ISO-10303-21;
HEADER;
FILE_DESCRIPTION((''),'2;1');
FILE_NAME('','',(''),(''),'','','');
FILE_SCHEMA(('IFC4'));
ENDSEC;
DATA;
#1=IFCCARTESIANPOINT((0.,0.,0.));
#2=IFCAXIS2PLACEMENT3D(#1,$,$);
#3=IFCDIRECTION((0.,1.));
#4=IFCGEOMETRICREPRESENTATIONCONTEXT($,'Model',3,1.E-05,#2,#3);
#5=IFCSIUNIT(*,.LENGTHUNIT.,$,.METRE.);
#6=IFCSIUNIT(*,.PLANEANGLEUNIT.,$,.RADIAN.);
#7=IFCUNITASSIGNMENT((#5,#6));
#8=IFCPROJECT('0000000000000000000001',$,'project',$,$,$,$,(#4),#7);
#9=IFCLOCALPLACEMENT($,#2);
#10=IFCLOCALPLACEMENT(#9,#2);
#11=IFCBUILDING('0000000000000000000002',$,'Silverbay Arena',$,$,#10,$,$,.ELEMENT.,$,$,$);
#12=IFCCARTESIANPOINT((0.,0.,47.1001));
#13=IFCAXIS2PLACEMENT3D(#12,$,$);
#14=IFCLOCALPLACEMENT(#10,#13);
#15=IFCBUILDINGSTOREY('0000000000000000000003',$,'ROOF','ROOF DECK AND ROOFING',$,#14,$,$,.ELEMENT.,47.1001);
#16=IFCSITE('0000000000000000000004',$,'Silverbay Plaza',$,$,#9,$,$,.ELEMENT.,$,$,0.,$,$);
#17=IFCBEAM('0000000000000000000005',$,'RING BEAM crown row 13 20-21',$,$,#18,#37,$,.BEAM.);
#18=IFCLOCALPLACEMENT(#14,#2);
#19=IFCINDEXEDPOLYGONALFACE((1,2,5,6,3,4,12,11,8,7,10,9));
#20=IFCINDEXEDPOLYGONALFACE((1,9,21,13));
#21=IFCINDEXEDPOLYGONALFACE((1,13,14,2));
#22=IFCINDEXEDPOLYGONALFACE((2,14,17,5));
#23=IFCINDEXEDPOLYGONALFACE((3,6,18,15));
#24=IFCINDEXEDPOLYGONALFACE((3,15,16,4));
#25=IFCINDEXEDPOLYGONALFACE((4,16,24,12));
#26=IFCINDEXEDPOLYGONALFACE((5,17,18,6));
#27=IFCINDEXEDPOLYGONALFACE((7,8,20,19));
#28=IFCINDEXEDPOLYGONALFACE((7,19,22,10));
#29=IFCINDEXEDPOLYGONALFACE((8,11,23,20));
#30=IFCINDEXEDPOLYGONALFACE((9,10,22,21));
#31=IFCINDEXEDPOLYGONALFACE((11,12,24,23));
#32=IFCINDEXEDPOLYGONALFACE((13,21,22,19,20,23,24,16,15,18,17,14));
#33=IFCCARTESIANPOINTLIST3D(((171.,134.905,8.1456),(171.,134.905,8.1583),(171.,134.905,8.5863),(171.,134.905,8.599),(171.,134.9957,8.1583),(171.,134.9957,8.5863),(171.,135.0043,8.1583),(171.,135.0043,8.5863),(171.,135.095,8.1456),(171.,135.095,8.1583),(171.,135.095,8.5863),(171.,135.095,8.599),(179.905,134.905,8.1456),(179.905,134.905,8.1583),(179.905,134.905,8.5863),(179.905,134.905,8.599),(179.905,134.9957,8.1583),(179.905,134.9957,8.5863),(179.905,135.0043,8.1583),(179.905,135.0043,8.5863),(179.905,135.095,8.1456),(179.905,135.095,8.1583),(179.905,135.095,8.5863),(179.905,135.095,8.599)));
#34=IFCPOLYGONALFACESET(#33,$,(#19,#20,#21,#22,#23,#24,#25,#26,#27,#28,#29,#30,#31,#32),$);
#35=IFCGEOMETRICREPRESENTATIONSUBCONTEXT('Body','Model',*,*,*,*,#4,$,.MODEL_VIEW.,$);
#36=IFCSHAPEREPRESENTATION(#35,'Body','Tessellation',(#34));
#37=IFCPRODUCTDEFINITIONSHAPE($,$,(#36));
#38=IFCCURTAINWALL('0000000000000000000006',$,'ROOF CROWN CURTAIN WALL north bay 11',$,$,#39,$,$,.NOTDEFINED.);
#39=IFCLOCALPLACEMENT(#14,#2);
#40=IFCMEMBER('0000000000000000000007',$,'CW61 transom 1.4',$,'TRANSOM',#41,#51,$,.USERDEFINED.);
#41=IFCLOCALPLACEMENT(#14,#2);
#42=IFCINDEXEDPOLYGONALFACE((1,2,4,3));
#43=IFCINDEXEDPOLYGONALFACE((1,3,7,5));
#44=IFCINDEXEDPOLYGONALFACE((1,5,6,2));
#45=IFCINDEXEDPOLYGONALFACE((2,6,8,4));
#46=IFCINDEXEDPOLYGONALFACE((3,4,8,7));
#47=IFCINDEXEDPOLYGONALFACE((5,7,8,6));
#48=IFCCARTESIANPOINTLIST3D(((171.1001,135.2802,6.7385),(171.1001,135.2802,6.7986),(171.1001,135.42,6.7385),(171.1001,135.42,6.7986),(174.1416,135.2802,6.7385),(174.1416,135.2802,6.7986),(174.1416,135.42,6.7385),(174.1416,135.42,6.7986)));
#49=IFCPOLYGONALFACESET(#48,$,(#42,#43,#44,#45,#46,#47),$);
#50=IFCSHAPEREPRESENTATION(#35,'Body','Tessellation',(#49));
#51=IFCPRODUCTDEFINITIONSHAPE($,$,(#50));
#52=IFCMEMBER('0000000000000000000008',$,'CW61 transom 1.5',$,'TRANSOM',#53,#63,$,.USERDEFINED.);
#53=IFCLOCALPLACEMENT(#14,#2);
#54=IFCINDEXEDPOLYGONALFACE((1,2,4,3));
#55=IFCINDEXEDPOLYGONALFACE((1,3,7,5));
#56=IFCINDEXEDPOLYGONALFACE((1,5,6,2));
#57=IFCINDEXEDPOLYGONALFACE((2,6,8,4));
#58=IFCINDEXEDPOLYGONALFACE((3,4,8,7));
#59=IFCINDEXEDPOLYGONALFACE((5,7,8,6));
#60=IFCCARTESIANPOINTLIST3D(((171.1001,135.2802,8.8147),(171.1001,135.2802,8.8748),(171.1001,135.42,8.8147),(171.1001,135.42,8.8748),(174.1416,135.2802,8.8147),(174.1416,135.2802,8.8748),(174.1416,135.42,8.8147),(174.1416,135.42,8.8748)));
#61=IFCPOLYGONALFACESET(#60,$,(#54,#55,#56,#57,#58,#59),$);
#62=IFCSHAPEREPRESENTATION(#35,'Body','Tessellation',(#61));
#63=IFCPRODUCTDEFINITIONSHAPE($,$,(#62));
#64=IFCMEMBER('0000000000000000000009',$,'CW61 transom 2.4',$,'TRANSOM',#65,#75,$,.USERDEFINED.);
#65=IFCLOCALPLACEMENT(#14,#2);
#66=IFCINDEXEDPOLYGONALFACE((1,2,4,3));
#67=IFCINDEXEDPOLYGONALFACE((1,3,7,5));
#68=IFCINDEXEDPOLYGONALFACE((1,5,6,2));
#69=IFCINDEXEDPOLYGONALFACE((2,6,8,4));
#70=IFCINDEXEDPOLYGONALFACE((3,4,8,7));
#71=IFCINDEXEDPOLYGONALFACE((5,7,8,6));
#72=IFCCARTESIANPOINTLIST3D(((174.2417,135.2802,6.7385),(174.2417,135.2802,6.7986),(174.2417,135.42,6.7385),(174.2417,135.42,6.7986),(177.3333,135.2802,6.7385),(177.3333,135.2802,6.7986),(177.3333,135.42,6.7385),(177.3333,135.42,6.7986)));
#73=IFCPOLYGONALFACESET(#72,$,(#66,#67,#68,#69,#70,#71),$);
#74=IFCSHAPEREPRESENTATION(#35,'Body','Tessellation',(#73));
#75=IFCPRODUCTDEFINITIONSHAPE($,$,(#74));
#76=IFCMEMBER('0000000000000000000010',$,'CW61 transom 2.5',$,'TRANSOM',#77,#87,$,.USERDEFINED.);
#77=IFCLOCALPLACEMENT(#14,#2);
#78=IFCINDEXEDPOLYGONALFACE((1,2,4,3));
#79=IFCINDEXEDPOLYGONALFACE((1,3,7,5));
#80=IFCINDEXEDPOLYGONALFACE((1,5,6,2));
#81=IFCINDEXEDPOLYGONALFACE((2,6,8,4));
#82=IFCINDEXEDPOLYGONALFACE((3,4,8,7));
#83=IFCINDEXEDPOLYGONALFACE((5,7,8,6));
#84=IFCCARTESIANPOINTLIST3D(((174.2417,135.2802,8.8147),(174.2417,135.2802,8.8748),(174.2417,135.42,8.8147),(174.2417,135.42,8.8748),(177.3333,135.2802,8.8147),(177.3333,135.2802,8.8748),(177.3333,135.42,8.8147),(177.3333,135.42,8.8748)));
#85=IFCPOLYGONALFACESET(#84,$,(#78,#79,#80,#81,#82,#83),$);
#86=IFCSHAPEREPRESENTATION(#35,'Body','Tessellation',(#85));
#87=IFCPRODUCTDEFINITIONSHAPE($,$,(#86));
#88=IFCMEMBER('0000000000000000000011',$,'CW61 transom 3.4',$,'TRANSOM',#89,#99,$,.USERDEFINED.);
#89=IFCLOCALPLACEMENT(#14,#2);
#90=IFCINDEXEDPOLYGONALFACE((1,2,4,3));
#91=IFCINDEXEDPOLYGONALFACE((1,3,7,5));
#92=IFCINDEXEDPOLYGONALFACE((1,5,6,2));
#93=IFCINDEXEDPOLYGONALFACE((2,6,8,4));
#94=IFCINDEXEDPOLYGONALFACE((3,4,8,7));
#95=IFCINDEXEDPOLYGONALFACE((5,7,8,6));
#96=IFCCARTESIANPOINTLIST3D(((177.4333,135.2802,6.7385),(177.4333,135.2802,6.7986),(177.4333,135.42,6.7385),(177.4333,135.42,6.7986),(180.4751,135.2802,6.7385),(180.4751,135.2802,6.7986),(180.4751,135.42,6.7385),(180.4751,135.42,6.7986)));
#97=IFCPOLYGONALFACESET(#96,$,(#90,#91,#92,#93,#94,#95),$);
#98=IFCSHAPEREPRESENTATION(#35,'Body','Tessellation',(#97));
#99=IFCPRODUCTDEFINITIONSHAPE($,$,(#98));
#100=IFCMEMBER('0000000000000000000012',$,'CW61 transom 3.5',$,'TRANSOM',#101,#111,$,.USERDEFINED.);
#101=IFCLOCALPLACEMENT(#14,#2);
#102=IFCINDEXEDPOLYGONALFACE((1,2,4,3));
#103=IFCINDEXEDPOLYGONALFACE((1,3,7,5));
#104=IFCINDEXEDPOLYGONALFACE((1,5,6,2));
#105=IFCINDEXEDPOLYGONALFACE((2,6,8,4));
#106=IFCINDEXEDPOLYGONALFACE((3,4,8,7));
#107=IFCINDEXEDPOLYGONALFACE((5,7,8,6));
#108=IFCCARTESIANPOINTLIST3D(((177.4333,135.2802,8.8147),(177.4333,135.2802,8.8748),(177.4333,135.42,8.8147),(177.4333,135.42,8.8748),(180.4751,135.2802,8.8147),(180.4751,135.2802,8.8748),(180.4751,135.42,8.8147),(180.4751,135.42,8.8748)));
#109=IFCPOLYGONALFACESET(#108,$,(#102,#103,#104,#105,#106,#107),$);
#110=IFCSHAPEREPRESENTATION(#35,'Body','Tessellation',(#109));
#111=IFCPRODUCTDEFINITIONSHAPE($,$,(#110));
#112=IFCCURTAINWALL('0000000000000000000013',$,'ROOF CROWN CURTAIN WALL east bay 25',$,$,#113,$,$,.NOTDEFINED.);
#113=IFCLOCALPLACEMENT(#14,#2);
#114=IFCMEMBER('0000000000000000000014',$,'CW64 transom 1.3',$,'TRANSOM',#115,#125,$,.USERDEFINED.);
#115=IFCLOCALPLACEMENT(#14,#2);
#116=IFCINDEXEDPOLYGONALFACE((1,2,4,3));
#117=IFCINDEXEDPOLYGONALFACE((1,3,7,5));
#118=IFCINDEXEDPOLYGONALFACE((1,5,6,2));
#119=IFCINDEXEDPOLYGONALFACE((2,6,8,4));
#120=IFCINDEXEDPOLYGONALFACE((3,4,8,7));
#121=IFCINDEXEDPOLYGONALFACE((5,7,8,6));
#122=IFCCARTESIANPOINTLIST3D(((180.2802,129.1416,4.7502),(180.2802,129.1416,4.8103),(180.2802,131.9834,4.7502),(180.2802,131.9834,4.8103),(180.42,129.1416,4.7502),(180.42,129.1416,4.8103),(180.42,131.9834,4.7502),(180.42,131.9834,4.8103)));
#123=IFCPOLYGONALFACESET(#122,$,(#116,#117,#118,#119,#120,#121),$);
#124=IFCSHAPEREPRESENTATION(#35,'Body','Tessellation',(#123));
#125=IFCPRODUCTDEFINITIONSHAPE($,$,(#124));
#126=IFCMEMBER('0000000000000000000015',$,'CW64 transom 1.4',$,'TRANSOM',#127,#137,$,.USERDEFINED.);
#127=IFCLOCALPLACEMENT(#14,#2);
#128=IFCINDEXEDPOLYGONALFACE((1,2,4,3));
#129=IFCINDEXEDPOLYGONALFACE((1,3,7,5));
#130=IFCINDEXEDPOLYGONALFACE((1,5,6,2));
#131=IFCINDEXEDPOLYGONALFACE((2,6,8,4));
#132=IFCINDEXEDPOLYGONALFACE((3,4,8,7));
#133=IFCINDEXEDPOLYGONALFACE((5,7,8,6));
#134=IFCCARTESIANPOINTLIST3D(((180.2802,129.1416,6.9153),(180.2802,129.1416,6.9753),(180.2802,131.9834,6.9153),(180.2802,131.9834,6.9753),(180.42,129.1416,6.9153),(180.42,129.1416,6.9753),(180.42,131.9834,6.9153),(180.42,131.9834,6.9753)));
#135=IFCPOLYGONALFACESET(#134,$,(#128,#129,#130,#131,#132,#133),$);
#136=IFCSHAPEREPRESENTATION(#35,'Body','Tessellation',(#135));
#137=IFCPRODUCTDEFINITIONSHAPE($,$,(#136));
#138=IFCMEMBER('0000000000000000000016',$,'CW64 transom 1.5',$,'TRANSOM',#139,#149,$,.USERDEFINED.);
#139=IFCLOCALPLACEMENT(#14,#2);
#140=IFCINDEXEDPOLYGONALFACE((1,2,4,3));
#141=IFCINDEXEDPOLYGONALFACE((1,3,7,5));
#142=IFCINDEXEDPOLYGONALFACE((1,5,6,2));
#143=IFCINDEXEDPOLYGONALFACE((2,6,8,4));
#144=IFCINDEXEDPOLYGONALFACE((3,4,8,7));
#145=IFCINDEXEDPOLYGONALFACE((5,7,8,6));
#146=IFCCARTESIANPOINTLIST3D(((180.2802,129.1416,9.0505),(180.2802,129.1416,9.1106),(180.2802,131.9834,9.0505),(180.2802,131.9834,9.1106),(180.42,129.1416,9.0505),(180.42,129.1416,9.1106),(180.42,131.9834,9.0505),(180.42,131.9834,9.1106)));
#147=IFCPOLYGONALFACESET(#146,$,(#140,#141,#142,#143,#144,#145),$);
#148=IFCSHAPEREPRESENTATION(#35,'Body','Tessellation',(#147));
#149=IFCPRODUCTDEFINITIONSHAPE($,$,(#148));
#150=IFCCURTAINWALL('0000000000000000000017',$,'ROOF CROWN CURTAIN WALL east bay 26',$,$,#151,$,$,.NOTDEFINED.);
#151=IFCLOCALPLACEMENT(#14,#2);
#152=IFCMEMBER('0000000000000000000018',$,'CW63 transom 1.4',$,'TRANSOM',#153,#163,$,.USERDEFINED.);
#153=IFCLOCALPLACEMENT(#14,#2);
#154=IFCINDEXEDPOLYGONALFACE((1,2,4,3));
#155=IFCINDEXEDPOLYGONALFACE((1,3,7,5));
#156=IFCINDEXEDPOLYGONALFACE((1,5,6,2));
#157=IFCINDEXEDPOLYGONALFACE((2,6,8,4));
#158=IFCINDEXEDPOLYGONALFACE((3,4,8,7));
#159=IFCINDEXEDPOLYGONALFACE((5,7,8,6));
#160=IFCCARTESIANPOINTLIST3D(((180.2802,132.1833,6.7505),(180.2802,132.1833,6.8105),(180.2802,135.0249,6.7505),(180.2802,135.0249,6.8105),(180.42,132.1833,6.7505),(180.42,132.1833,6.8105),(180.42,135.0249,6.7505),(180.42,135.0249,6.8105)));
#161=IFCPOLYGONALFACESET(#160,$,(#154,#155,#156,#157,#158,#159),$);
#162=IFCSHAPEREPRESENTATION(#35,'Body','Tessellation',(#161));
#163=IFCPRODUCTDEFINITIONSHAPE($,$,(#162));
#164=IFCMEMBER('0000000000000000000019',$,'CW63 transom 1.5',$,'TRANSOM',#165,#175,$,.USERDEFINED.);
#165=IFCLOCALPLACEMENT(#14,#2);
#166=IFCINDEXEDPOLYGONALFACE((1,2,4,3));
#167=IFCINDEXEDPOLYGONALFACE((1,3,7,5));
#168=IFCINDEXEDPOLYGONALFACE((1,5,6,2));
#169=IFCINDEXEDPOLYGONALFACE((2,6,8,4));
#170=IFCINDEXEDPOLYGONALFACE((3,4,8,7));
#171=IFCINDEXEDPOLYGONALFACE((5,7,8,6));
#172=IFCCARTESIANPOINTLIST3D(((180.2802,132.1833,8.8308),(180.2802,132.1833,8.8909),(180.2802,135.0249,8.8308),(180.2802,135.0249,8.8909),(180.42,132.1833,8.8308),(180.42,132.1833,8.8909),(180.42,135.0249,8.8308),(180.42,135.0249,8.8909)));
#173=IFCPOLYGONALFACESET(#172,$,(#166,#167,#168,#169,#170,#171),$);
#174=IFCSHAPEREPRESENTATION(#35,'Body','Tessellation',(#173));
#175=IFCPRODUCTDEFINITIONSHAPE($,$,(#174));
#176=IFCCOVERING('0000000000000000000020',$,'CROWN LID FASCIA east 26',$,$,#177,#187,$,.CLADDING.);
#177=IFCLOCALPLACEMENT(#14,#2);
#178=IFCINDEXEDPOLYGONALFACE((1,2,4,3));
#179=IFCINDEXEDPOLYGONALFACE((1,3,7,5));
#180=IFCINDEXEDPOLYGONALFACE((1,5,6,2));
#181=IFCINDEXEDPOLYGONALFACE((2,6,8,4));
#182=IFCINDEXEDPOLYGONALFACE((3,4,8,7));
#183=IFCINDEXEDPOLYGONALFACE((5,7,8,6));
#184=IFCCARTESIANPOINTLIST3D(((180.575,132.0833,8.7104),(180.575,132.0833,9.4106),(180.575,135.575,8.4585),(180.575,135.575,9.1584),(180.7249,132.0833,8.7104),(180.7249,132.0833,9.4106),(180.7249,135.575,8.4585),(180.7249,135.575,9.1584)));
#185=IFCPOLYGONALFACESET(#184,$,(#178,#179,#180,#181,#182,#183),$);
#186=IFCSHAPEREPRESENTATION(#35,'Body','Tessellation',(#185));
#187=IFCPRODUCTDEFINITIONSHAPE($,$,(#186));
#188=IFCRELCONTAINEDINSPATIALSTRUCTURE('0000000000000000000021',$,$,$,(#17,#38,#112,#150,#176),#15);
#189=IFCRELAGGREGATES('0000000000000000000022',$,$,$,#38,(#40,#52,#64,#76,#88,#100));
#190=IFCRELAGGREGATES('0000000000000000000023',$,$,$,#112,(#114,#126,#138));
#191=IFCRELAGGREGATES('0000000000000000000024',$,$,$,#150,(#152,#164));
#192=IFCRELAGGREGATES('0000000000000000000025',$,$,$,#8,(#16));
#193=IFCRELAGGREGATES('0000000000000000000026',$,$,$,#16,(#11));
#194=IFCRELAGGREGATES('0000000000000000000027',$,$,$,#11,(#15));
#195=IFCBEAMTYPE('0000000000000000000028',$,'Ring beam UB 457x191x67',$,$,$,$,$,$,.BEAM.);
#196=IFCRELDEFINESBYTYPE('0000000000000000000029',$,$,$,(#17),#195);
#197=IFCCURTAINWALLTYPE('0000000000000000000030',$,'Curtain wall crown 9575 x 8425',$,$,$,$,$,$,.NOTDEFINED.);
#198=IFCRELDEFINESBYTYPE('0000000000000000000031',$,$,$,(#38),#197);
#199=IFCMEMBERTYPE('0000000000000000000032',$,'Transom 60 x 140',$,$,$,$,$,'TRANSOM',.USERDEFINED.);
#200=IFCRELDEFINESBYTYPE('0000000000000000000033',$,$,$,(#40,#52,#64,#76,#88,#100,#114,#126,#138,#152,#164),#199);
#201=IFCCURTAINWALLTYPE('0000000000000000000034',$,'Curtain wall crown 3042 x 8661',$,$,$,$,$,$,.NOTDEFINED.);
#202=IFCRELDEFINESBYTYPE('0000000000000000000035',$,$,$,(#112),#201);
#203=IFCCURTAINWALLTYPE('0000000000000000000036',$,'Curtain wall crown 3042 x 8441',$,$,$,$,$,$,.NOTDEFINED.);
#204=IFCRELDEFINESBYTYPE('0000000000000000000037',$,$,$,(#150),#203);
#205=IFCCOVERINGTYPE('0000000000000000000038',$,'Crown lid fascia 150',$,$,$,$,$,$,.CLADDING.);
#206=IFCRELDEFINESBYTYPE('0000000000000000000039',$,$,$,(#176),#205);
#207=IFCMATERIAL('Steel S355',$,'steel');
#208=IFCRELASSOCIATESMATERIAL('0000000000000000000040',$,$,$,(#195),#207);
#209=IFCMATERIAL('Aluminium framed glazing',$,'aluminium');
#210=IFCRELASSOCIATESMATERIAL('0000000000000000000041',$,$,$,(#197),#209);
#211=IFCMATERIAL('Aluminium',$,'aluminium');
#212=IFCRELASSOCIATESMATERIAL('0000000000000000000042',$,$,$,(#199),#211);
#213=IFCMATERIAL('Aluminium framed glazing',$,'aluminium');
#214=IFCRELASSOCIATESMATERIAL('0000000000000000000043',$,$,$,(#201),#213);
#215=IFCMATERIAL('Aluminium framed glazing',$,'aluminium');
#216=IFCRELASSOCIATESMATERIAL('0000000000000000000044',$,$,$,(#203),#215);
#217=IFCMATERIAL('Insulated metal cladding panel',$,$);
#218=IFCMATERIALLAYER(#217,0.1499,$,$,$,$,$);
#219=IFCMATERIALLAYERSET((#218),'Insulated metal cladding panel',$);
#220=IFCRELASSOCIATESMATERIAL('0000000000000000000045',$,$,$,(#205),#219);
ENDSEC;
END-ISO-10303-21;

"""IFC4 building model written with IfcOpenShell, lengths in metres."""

from ifc_helpers import new_model, si_unit, direction, frame, origin, origin_2d, place, context, subcontext, project, spatial, polyline, rectangle, i_section, outline, extrude, material, layer, layer_set, material_profile, profile_set, type_object, element, aggregate, save


model = new_model("IFC4")

# Units and contexts
model_context = context("Model", 3, precision=1e-05, world=origin(), true_north=direction((0.0, 1.0)))
body_context = subcontext(model_context, "Body", "Model", "MODEL_VIEW")
ifc_project = project(units=[si_unit("LENGTHUNIT", "METRE"), si_unit("PLANEANGLEUNIT", "RADIAN")], contexts=[model_context])

# Site, building, storey
site_placement = place(None, origin())
site = spatial("IfcSite", under=ifc_project, at=site_placement, Name="Silverbay Plaza", CompositionType="ELEMENT", RefElevation=0.0)
building_placement = place(site_placement, origin())
building = spatial("IfcBuilding", under=site, at=building_placement, Name="Silverbay Arena", CompositionType="ELEMENT")
storey_placement = place(building_placement, frame((0.0, 0.0, 47.1001)))
storey = spatial("IfcBuildingStorey", under=building, at=storey_placement, Name="ROOF", Description="ROOF DECK AND ROOFING", CompositionType="ELEMENT", Elevation=47.1001)

# Beam
ifc_material_1 = material(Name="Steel S355", Category="steel")
ifc_material_profile_1 = material_profile(ifc_material_1, i_section(OverallWidth=0.1899, OverallDepth=0.4534, WebThickness=0.0085, FlangeThickness=0.0127, at=origin_2d()), Name="UB 457x191x67")
ifc_profile_set_1 = profile_set([ifc_material_profile_1], Name="Steel S355")
beam_type = type_object("IfcBeamType", Name="Ring beam UB 457x191x67", PredefinedType="BEAM", material=ifc_profile_set_1)
beam_placement = place(storey_placement, frame((171.0, 135.0, 8.3723), z_axis=(1.0, 0.0, 0.0), x_axis=(0.0, 1.0, 0.0)))
element("IfcBeam", 1, at=beam_placement, inside=storey, type_object=beam_type, Name="RING BEAM crown row 13 20-21", PredefinedType="BEAM", context=body_context, shape_type="SweptSolid", body=[
    extrude(i_section(OverallWidth=0.1899, OverallDepth=0.4534, WebThickness=0.0085, FlangeThickness=0.0127, at=origin_2d()), origin(), (0.0, 0.0, 1.0), 8.905),
])

# Curtain walls, members
ifc_material_2 = material(Name="Aluminium framed glazing", Category="aluminium")
curtain_wall_type_1 = type_object("IfcCurtainWallType", Name="Curtain wall crown 9575 x 8425", PredefinedType="NOTDEFINED", material=ifc_material_2)
curtain_wall_1_placement = place(storey_placement, origin())
curtain_wall_1 = element("IfcCurtainWall", 2, at=curtain_wall_1_placement, inside=storey, type_object=curtain_wall_type_1, Name="ROOF CROWN CURTAIN WALL north bay 11", PredefinedType="NOTDEFINED")
ifc_material_3 = material(Name="Aluminium", Category="aluminium")
ifc_material_profile_2 = material_profile(ifc_material_3, rectangle(XDim=0.1399, YDim=0.0601, at=origin_2d()), Name="Transom 60 x 140")
ifc_profile_set_2 = profile_set([ifc_material_profile_2], Name="Aluminium")
member_type = type_object("IfcMemberType", Name="Transom 60 x 140", ElementType="TRANSOM", PredefinedType="USERDEFINED", material=ifc_profile_set_2)
placement = place(building_placement, frame((0.0, 0.0, 33.5)))
member_1_placement = place(placement, frame((171.1001, 135.3501, 20.3687), z_axis=(1.0, 0.0, 0.0), x_axis=(0.0, 1.0, 0.0)))
member_1 = element("IfcMember", 3, at=member_1_placement, type_object=member_type, Name="CW61 transom 1.4", ObjectType="TRANSOM", PredefinedType="USERDEFINED", context=body_context, shape_type="SweptSolid", body=[
    extrude(rectangle(XDim=0.1399, YDim=0.0601, at=origin_2d()), origin(), (0.0, 0.0, 1.0), 3.0415),
])
member_2_placement = place(placement, frame((171.1001, 135.3501, 22.4448), z_axis=(1.0, 0.0, 0.0), x_axis=(0.0, 1.0, 0.0)))
member_2 = element("IfcMember", 4, at=member_2_placement, type_object=member_type, Name="CW61 transom 1.5", ObjectType="TRANSOM", PredefinedType="USERDEFINED", context=body_context, shape_type="SweptSolid", body=[
    extrude(rectangle(XDim=0.1399, YDim=0.0601, at=origin_2d()), origin(), (0.0, 0.0, 1.0), 3.0415),
])
member_3_placement = place(placement, frame((174.2417, 135.3501, 20.3687), z_axis=(1.0, 0.0, 0.0), x_axis=(0.0, 1.0, 0.0)))
member_3 = element("IfcMember", 5, at=member_3_placement, type_object=member_type, Name="CW61 transom 2.4", ObjectType="TRANSOM", PredefinedType="USERDEFINED", context=body_context, shape_type="SweptSolid", body=[
    extrude(rectangle(XDim=0.1399, YDim=0.0601, at=origin_2d()), origin(), (0.0, 0.0, 1.0), 3.0916),
])
member_4_placement = place(placement, frame((174.2417, 135.3501, 22.4448), z_axis=(1.0, 0.0, 0.0), x_axis=(0.0, 1.0, 0.0)))
member_4 = element("IfcMember", 6, at=member_4_placement, type_object=member_type, Name="CW61 transom 2.5", ObjectType="TRANSOM", PredefinedType="USERDEFINED", context=body_context, shape_type="SweptSolid", body=[
    extrude(rectangle(XDim=0.1399, YDim=0.0601, at=origin_2d()), origin(), (0.0, 0.0, 1.0), 3.0916),
])
member_5_placement = place(placement, frame((177.4333, 135.3501, 20.3687), z_axis=(1.0, 0.0, 0.0), x_axis=(0.0, 1.0, 0.0)))
member_5 = element("IfcMember", 7, at=member_5_placement, type_object=member_type, Name="CW61 transom 3.4", ObjectType="TRANSOM", PredefinedType="USERDEFINED", context=body_context, shape_type="SweptSolid", body=[
    extrude(rectangle(XDim=0.1399, YDim=0.0601, at=origin_2d()), origin(), (0.0, 0.0, 1.0), 3.0417),
])
member_6_placement = place(placement, frame((177.4333, 135.3501, 22.4448), z_axis=(1.0, 0.0, 0.0), x_axis=(0.0, 1.0, 0.0)))
member_6 = element("IfcMember", 8, at=member_6_placement, type_object=member_type, Name="CW61 transom 3.5", ObjectType="TRANSOM", PredefinedType="USERDEFINED", context=body_context, shape_type="SweptSolid", body=[
    extrude(rectangle(XDim=0.1399, YDim=0.0601, at=origin_2d()), origin(), (0.0, 0.0, 1.0), 3.0417),
])
ifc_material_4 = material(Name="Aluminium framed glazing", Category="aluminium")
curtain_wall_type_2 = type_object("IfcCurtainWallType", Name="Curtain wall crown 3042 x 8661", PredefinedType="NOTDEFINED", material=ifc_material_4)
curtain_wall_2_placement = place(storey_placement, origin())
curtain_wall_2 = element("IfcCurtainWall", 9, at=curtain_wall_2_placement, inside=storey, type_object=curtain_wall_type_2, Name="ROOF CROWN CURTAIN WALL east bay 25", PredefinedType="NOTDEFINED")
member_7_placement = place(placement, frame((180.3501, 129.1416, 18.3804), z_axis=(0.0, 1.0, 0.0), x_axis=(-1.0, 0.0, 0.0)))
member_7 = element("IfcMember", 10, at=member_7_placement, type_object=member_type, Name="CW64 transom 1.3", ObjectType="TRANSOM", PredefinedType="USERDEFINED", context=body_context, shape_type="SweptSolid", body=[
    extrude(rectangle(XDim=0.1399, YDim=0.0601, at=origin_2d()), origin(), (0.0, 0.0, 1.0), 2.8418),
])
member_8_placement = place(placement, frame((180.3501, 129.1416, 20.5454), z_axis=(0.0, 1.0, 0.0), x_axis=(-1.0, 0.0, 0.0)))
member_8 = element("IfcMember", 11, at=member_8_placement, type_object=member_type, Name="CW64 transom 1.4", ObjectType="TRANSOM", PredefinedType="USERDEFINED", context=body_context, shape_type="SweptSolid", body=[
    extrude(rectangle(XDim=0.1399, YDim=0.0601, at=origin_2d()), origin(), (0.0, 0.0, 1.0), 2.8418),
])
member_9_placement = place(placement, frame((180.3501, 129.1416, 22.6807), z_axis=(0.0, 1.0, 0.0), x_axis=(-1.0, 0.0, 0.0)))
member_9 = element("IfcMember", 12, at=member_9_placement, type_object=member_type, Name="CW64 transom 1.5", ObjectType="TRANSOM", PredefinedType="USERDEFINED", context=body_context, shape_type="SweptSolid", body=[
    extrude(rectangle(XDim=0.1399, YDim=0.0601, at=origin_2d()), origin(), (0.0, 0.0, 1.0), 2.8418),
])
ifc_material_5 = material(Name="Aluminium framed glazing", Category="aluminium")
curtain_wall_type_3 = type_object("IfcCurtainWallType", Name="Curtain wall crown 3042 x 8441", PredefinedType="NOTDEFINED", material=ifc_material_5)
curtain_wall_3_placement = place(storey_placement, origin())
curtain_wall_3 = element("IfcCurtainWall", 13, at=curtain_wall_3_placement, inside=storey, type_object=curtain_wall_type_3, Name="ROOF CROWN CURTAIN WALL east bay 26", PredefinedType="NOTDEFINED")
member_10_placement = place(placement, frame((180.3501, 132.1833, 20.3806), z_axis=(0.0, 1.0, 0.0), x_axis=(-1.0, 0.0, 0.0)))
member_10 = element("IfcMember", 14, at=member_10_placement, type_object=member_type, Name="CW63 transom 1.4", ObjectType="TRANSOM", PredefinedType="USERDEFINED", context=body_context, shape_type="SweptSolid", body=[
    extrude(rectangle(XDim=0.1399, YDim=0.0601, at=origin_2d()), origin(), (0.0, 0.0, 1.0), 2.8416),
])
member_11_placement = place(placement, frame((180.3501, 132.1833, 22.4609), z_axis=(0.0, 1.0, 0.0), x_axis=(-1.0, 0.0, 0.0)))
member_11 = element("IfcMember", 15, at=member_11_placement, type_object=member_type, Name="CW63 transom 1.5", ObjectType="TRANSOM", PredefinedType="USERDEFINED", context=body_context, shape_type="SweptSolid", body=[
    extrude(rectangle(XDim=0.1399, YDim=0.0601, at=origin_2d()), origin(), (0.0, 0.0, 1.0), 2.8416),
])

aggregate(curtain_wall_1, [member_1, member_2, member_3, member_4, member_5, member_6])
aggregate(curtain_wall_2, [member_7, member_8, member_9])
aggregate(curtain_wall_3, [member_10, member_11])

# Covering
ifc_material_6 = material(Name="Insulated metal cladding panel")
ifc_layer_1 = layer(ifc_material_6, 0.1499)
ifc_layer_set_1 = layer_set([ifc_layer_1], Name="Insulated metal cladding panel")
covering_type = type_object("IfcCoveringType", Name="Crown lid fascia 150", PredefinedType="CLADDING", material=ifc_layer_set_1)
covering_placement = place(storey_placement, frame((180.575, 132.0833, 9.4106), z_axis=(-1.0, 0.0, 0.0), x_axis=(0.0, 0.997402, -0.07204)))
element("IfcCovering", 16, at=covering_placement, inside=storey, type_object=covering_type, Name="CROWN LID FASCIA east 26", PredefinedType="CLADDING", context=body_context, shape_type="SweptSolid", body=[
    extrude(outline(polyline([(0.0, 0.0), (3.5008, 0.0), (3.5512, 0.6981), (0.0504, 0.6984), (0.0, 0.0)])), origin(), (0.0, 0.0, -1.0), 0.1499),
])

save(model, "model.ifc")
